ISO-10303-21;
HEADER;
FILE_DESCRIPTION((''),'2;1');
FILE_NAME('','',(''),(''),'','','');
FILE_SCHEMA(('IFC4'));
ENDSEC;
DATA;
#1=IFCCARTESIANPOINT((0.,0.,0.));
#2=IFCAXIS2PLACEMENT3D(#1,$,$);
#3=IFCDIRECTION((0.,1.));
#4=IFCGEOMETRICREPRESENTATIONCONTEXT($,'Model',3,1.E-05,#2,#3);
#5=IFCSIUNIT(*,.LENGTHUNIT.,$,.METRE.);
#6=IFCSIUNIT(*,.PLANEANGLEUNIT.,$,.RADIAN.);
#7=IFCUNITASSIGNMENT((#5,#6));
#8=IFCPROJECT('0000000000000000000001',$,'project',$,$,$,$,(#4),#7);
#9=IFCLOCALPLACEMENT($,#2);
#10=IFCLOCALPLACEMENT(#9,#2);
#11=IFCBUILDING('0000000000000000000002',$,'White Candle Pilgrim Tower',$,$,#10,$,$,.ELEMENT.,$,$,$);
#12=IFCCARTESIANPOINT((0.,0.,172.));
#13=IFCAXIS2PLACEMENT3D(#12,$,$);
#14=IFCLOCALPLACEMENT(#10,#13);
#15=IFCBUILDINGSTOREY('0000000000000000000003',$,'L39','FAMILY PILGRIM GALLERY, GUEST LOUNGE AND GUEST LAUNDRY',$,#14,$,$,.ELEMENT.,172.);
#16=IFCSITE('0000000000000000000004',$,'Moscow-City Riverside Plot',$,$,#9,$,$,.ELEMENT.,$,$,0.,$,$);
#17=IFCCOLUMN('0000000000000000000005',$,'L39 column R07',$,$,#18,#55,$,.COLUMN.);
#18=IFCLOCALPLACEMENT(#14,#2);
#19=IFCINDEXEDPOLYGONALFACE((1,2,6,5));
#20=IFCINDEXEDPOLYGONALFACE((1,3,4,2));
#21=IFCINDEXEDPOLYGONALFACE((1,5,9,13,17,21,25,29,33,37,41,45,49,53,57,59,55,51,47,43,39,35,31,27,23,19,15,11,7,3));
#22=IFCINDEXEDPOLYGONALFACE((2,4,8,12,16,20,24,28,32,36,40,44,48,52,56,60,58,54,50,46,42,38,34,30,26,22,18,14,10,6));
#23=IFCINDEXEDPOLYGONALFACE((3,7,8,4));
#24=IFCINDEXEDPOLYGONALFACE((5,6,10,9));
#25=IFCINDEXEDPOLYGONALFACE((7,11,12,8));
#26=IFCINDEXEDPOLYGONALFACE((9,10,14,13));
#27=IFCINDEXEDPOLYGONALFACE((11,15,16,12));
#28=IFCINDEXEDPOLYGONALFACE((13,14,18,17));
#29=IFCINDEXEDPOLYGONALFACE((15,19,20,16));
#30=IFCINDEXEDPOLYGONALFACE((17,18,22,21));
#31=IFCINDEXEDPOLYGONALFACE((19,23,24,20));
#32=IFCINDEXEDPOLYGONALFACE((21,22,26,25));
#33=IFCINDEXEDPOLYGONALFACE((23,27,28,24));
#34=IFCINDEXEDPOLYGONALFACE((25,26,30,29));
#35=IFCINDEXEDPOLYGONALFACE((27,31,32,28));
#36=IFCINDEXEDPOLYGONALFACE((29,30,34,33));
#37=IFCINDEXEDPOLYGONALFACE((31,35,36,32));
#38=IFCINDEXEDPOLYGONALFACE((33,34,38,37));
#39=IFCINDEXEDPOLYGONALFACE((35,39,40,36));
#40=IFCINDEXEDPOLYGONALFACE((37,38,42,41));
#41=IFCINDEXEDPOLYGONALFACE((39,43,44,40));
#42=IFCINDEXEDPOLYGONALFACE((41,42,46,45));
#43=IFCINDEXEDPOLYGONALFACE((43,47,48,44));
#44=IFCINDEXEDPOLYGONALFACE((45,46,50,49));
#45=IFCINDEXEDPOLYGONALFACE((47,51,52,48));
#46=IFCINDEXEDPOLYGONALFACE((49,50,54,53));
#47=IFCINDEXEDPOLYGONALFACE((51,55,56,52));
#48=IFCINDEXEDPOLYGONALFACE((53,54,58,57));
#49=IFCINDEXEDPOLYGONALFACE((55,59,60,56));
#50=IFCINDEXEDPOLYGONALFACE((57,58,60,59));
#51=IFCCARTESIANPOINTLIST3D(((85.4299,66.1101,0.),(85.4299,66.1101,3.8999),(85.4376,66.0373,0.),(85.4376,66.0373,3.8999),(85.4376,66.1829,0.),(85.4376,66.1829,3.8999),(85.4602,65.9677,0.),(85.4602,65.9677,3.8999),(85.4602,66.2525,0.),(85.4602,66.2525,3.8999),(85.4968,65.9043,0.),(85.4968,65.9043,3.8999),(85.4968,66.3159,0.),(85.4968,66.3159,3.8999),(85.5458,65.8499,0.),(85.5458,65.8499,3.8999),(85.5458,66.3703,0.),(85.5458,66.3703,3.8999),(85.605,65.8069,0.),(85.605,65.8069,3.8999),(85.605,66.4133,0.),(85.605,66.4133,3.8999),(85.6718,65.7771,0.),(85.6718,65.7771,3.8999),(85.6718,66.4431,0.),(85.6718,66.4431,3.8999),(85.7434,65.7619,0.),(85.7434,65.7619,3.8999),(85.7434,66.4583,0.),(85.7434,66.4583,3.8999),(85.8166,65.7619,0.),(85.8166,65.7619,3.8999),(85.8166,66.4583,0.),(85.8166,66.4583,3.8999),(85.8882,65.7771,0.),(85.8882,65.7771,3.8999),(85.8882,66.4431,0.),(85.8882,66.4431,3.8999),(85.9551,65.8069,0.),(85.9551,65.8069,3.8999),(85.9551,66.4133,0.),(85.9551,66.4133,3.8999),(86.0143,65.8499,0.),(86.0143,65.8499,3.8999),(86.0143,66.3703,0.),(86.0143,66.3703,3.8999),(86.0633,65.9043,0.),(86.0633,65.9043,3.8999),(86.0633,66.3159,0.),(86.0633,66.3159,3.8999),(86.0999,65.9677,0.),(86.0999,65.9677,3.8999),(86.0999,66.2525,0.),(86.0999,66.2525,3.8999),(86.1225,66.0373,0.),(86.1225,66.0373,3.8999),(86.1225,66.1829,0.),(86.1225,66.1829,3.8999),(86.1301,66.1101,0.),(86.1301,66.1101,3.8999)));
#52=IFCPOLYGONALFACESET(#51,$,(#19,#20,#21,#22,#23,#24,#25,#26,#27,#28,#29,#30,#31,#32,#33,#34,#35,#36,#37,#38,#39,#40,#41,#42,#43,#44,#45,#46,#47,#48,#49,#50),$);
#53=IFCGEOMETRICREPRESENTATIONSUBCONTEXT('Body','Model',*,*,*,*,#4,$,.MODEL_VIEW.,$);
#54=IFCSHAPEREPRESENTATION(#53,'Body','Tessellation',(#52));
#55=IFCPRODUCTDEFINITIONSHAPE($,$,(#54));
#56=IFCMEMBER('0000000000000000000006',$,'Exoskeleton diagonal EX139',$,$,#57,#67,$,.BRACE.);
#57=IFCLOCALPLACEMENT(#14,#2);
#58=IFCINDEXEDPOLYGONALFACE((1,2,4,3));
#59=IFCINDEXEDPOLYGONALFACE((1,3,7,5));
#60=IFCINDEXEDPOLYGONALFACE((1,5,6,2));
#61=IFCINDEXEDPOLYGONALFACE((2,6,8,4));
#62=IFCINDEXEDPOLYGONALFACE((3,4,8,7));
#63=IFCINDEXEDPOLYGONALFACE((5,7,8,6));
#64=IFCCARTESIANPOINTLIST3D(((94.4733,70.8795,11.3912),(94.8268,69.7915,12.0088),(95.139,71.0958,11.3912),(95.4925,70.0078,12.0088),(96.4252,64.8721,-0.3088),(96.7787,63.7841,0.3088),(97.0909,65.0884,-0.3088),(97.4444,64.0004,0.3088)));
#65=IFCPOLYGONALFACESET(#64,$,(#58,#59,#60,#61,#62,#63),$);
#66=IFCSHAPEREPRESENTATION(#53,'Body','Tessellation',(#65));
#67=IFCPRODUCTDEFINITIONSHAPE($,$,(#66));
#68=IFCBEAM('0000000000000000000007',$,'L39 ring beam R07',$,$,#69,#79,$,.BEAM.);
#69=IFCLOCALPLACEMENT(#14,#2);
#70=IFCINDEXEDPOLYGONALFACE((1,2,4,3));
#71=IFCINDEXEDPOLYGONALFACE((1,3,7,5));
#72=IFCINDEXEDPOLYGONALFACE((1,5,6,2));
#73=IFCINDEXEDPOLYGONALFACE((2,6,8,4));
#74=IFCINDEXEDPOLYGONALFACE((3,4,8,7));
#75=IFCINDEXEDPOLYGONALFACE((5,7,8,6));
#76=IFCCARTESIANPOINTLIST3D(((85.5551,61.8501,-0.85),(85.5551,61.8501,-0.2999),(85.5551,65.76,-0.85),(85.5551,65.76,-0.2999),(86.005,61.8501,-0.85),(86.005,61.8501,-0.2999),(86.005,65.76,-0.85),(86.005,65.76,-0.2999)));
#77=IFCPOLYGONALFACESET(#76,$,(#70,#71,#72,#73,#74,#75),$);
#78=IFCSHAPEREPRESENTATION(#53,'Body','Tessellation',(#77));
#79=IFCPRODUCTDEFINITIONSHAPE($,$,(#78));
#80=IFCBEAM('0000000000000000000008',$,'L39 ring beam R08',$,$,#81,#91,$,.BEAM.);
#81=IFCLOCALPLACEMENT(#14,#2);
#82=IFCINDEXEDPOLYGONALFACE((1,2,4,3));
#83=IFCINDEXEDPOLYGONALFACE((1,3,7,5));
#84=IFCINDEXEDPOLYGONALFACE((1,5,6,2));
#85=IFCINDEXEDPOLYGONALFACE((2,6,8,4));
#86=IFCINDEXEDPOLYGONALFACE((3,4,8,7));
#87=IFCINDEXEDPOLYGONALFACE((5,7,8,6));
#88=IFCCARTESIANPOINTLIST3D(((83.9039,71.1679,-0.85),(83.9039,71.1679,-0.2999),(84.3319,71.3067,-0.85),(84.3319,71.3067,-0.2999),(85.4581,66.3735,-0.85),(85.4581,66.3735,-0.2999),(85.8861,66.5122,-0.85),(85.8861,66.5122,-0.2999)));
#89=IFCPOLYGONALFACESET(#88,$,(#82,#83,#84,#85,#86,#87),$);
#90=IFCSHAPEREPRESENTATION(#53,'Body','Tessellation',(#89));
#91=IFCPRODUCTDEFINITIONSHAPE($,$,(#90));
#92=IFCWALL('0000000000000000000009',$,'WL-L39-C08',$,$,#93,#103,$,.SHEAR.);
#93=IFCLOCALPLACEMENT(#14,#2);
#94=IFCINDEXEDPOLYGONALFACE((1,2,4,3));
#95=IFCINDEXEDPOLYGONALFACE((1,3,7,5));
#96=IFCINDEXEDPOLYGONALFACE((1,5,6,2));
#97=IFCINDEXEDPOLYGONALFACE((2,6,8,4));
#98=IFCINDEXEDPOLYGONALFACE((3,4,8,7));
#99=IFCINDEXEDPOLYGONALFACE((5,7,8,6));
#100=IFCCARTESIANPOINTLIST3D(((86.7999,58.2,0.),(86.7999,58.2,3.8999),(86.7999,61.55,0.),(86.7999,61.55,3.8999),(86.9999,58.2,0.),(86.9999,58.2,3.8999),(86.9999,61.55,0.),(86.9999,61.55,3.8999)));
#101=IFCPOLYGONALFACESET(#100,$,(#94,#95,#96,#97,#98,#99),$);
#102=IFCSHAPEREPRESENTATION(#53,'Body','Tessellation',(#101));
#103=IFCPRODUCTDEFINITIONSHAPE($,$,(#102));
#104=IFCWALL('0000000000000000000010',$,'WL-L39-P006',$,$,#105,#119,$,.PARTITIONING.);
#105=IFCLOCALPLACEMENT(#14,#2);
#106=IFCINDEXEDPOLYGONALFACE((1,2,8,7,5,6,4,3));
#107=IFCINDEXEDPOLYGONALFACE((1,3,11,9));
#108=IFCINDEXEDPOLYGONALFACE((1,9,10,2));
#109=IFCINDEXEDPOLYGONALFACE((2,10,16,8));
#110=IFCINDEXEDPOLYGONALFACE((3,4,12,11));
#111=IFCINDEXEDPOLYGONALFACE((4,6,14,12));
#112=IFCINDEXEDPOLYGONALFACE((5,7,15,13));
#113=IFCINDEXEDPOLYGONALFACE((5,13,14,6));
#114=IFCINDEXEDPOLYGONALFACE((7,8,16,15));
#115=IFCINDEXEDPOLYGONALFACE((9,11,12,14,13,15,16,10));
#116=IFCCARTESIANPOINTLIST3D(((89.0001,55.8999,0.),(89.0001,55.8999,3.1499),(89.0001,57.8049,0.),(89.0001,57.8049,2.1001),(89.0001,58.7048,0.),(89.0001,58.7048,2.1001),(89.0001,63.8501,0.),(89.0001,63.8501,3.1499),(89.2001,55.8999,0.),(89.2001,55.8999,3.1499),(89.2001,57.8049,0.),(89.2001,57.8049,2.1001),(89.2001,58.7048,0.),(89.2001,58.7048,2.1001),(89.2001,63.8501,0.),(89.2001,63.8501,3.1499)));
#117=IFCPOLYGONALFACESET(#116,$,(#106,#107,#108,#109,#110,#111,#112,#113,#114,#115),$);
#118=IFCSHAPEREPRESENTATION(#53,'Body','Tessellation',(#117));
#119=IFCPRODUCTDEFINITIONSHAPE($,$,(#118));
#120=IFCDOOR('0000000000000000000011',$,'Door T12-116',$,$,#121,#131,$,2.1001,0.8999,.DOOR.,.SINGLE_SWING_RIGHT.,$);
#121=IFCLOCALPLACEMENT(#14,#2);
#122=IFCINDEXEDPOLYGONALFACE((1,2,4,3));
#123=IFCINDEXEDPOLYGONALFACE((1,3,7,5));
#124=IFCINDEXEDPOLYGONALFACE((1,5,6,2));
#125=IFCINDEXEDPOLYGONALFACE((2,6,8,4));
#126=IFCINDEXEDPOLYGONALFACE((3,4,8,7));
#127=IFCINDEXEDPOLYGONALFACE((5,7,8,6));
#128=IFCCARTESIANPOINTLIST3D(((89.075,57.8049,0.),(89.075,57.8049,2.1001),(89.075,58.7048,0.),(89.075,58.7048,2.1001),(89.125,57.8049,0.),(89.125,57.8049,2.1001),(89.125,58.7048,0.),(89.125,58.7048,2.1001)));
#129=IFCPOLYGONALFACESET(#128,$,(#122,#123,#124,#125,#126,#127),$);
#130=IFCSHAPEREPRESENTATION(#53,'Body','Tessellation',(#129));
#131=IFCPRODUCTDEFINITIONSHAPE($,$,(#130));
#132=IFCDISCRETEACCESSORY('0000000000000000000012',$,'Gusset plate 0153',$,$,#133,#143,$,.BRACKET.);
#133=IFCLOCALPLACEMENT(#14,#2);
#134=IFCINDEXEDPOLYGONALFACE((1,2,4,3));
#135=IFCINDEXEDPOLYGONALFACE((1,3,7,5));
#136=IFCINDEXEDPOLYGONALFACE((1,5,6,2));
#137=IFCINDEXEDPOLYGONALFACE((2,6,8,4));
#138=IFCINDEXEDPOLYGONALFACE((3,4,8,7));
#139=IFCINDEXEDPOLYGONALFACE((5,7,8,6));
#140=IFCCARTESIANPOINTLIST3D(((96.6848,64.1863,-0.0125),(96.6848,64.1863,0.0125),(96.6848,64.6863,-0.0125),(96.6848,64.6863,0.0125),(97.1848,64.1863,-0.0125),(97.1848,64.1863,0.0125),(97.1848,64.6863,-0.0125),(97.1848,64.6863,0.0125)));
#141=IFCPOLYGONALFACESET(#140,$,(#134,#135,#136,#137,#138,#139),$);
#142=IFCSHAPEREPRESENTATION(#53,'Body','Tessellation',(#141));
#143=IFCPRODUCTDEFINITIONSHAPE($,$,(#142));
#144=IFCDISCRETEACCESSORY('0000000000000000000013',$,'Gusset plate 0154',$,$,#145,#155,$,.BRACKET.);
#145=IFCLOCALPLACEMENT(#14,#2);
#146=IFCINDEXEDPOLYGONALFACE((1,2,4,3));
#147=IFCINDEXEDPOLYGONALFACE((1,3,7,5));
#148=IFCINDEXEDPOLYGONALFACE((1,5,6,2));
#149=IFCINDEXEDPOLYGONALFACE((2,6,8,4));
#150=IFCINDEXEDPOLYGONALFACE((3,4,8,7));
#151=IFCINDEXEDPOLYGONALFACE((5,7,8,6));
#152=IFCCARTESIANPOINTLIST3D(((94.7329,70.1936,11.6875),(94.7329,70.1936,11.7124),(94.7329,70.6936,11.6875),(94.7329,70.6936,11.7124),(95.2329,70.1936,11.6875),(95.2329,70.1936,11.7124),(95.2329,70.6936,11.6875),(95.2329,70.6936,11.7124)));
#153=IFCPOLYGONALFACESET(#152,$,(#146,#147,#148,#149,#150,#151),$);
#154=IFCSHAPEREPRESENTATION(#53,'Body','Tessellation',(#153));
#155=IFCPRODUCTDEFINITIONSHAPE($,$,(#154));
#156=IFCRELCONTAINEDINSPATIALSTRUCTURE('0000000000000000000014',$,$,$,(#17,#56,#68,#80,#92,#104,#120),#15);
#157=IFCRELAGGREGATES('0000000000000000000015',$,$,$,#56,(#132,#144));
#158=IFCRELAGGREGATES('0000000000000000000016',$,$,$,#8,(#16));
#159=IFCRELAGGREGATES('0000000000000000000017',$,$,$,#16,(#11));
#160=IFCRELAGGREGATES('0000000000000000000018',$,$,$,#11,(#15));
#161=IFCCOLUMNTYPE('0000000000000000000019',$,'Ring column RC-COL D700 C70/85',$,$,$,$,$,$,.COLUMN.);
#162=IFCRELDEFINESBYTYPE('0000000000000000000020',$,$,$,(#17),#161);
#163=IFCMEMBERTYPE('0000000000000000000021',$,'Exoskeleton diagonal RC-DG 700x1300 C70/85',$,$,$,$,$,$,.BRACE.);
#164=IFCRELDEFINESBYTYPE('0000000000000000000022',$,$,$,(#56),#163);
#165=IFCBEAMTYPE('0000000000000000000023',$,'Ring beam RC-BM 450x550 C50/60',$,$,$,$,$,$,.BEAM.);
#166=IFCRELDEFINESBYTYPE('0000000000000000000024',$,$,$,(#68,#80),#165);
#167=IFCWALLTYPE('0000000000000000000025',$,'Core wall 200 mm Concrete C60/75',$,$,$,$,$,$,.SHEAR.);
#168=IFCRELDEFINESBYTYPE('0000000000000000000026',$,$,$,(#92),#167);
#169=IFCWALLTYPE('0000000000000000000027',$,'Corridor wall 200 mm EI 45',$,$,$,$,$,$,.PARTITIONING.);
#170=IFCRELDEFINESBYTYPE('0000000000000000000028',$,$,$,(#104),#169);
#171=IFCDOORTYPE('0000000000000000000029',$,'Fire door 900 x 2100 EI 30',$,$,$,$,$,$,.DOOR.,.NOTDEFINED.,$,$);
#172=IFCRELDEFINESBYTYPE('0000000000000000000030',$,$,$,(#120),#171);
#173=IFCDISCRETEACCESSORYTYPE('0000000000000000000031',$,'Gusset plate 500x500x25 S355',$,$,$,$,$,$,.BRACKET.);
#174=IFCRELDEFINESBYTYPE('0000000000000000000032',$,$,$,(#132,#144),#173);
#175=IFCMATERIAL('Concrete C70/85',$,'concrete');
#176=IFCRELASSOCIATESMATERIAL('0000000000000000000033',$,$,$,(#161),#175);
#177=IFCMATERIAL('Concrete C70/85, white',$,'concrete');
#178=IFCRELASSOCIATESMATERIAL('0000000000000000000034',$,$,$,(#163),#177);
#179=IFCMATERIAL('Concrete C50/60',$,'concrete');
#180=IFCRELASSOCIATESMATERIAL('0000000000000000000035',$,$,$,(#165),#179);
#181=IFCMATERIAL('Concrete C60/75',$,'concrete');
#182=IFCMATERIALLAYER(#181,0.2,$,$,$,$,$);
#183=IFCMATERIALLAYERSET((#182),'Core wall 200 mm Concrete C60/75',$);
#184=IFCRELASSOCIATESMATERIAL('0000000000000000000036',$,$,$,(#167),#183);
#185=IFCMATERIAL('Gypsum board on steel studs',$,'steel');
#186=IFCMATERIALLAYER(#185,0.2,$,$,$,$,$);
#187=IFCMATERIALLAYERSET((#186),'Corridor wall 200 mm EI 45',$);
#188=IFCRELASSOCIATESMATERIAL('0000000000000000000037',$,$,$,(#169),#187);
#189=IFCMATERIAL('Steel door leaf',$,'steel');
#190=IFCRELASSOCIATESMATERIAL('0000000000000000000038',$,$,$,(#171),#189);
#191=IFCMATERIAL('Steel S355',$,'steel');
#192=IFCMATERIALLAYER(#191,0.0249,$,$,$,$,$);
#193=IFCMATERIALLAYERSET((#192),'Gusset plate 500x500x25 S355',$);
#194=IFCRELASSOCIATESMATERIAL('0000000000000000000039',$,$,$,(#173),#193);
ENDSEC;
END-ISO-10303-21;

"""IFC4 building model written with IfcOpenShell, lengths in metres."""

from ifc_helpers import new_model, si_unit, direction, frame, frame_2d, origin, origin_2d, place, context, subcontext, project, spatial, rectangle, circle, extrude, material, layer, layer_set, material_profile, profile_set, type_object, element, fill, aggregate, save


model = new_model("IFC4")

# Units and contexts
model_context = context("Model", 3, precision=1e-05, world=origin(), true_north=direction((0.0, 1.0)))
body_context = subcontext(model_context, "Body", "Model", "MODEL_VIEW")
ifc_project = project(units=[si_unit("LENGTHUNIT", "METRE"), si_unit("PLANEANGLEUNIT", "RADIAN")], contexts=[model_context])

# Site, building, storey
site_placement = place(None, origin())
site = spatial("IfcSite", under=ifc_project, at=site_placement, Name="Moscow-City Riverside Plot", CompositionType="ELEMENT", RefElevation=0.0)
building_placement = place(site_placement, origin())
building = spatial("IfcBuilding", under=site, at=building_placement, Name="White Candle Pilgrim Tower", CompositionType="ELEMENT")
storey_placement = place(building_placement, frame((0.0, 0.0, 172.0)))
storey = spatial("IfcBuildingStorey", under=building, at=storey_placement, Name="L39", Description="FAMILY PILGRIM GALLERY, GUEST LOUNGE AND GUEST LAUNDRY", CompositionType="ELEMENT", Elevation=172.0)

# Column
ifc_material_1 = material(Name="Concrete C70/85", Category="concrete")
ifc_material_profile_1 = material_profile(ifc_material_1, circle(Radius=0.3501, at=origin_2d()), Name="RC-COL D700")
ifc_profile_set_1 = profile_set([ifc_material_profile_1], Name="Concrete C70/85")
column_type = type_object("IfcColumnType", Name="Ring column RC-COL D700 C70/85", PredefinedType="COLUMN", material=ifc_profile_set_1)
column_placement = place(storey_placement, frame((85.78, 66.1101, 0.0), z_axis=(0.0, 0.0, 1.0), x_axis=(1.0, 0.0, 0.0)))
element("IfcColumn", 1, at=column_placement, inside=storey, type_object=column_type, Name="L39 column R07", PredefinedType="COLUMN", context=body_context, shape_type="SweptSolid", body=[
    extrude(circle(Radius=0.3501, at=origin_2d()), origin(), (0.0, 0.0, 1.0), 3.8999),
])

# Member
ifc_material_2 = material(Name="Concrete C70/85, white", Category="concrete")
ifc_material_profile_2 = material_profile(ifc_material_2, rectangle(XDim=0.7, YDim=1.3, at=origin_2d()), Name="RC-DG 700x1300")
ifc_profile_set_2 = profile_set([ifc_material_profile_2], Name="Concrete C70/85, white")
member_type = type_object("IfcMemberType", Name="Exoskeleton diagonal RC-DG 700x1300 C70/85", PredefinedType="BRACE", material=ifc_profile_set_2)
member_placement = place(storey_placement, frame((96.9348, 64.4363, 0.0), z_axis=(-0.146803, 0.45181, 0.879952), x_axis=(-0.951056, -0.309018, 0.0)))
member = element("IfcMember", 2, at=member_placement, inside=storey, type_object=member_type, Name="Exoskeleton diagonal EX139", PredefinedType="BRACE", context=body_context, shape_type="SweptSolid", body=[
    extrude(rectangle(XDim=0.7, YDim=1.3, at=origin_2d()), origin(), (0.0, 0.0, 1.0), 13.2961),
])

# Beams
ifc_material_3 = material(Name="Concrete C50/60", Category="concrete")
ifc_material_profile_3 = material_profile(ifc_material_3, rectangle(XDim=0.45, YDim=0.55, at=origin_2d()), Name="RC-BM 450x550")
ifc_profile_set_3 = profile_set([ifc_material_profile_3], Name="Concrete C50/60")
beam_type = type_object("IfcBeamType", Name="Ring beam RC-BM 450x550 C50/60", PredefinedType="BEAM", material=ifc_profile_set_3)
beam_1_placement = place(storey_placement, frame((85.78, 65.76, -0.575), z_axis=(0.0, -1.0, 0.0), x_axis=(1.0, 0.0, 0.0)))
element("IfcBeam", 3, at=beam_1_placement, inside=storey, type_object=beam_type, Name="L39 ring beam R07", PredefinedType="BEAM", context=body_context, shape_type="SweptSolid", body=[
    extrude(rectangle(XDim=0.45, YDim=0.55, at=origin_2d()), origin(), (0.0, 0.0, 1.0), 3.9099),
])
beam_2_placement = place(storey_placement, frame((85.6721, 66.4429, -0.575), z_axis=(-0.30837, 0.951267, 0.0), x_axis=(-0.951267, -0.30837, 0.0)))
element("IfcBeam", 4, at=beam_2_placement, inside=storey, type_object=beam_type, Name="L39 ring beam R08", PredefinedType="BEAM", context=body_context, shape_type="SweptSolid", body=[
    extrude(rectangle(XDim=0.45, YDim=0.55, at=origin_2d()), origin(), (0.0, 0.0, 1.0), 5.04),
])

# Wall
ifc_material_4 = material(Name="Concrete C60/75", Category="concrete")
ifc_layer_1 = layer(ifc_material_4, 0.2)
ifc_layer_set_1 = layer_set([ifc_layer_1], Name="Core wall 200 mm Concrete C60/75")
wall_type_1 = type_object("IfcWallType", Name="Core wall 200 mm Concrete C60/75", PredefinedType="SHEAR", material=ifc_layer_set_1)
wall_1_placement = place(storey_placement, frame((86.8999, 58.2, 0.0), z_axis=(0.0, 0.0, 1.0), x_axis=(0.0, 1.0, 0.0)))
element("IfcWall", 5, at=wall_1_placement, inside=storey, type_object=wall_type_1, Name="WL-L39-C08", PredefinedType="SHEAR", context=body_context, shape_type="SweptSolid", body=[
    extrude(rectangle(XDim=3.3501, YDim=0.2, at=frame_2d((1.675, 0.0))), origin(), (0.0, 0.0, 1.0), 3.8999),
])

# Wall, opening, door
ifc_material_5 = material(Name="Gypsum board on steel studs", Category="steel")
ifc_layer_2 = layer(ifc_material_5, 0.2)
ifc_layer_set_2 = layer_set([ifc_layer_2], Name="Corridor wall 200 mm EI 45")
wall_type_2 = type_object("IfcWallType", Name="Corridor wall 200 mm EI 45", PredefinedType="PARTITIONING", material=ifc_layer_set_2)
wall_2_placement = place(storey_placement, frame((89.1001, 63.8501, 0.0), z_axis=(0.0, 0.0, 1.0), x_axis=(0.0, -1.0, 0.0)))
wall_2 = element("IfcWall", 6, at=wall_2_placement, inside=storey, type_object=wall_type_2, Name="WL-L39-P006", PredefinedType="PARTITIONING", context=body_context, shape_type="SweptSolid", body=[
    extrude(rectangle(XDim=7.9502, YDim=0.2, at=frame_2d((3.9751, 0.0))), origin(), (0.0, 0.0, 1.0), 3.1499),
])
opening_1_placement = place(wall_2_placement, frame((5.1453, 0.0, 0.0)))
opening_1 = element("IfcOpeningElement", 7, at=opening_1_placement, cuts=wall_2, PredefinedType="OPENING", context=body_context, shape_type="SweptSolid", body=[
    extrude(rectangle(XDim=0.8999, YDim=2.1001, at=frame_2d((0.45, 1.05))), frame((0.0, 0.1099, 0.0), z_axis=(0.0, -1.0, 0.0), x_axis=(1.0, 0.0, 0.0)), (0.0, 0.0, 1.0), 0.22),
])
ifc_material_6 = material(Name="Steel door leaf", Category="steel")
door_type_1 = type_object("IfcDoorType", Name="Fire door 900 x 2100 EI 30", OperationType="NOTDEFINED", PredefinedType="DOOR", material=ifc_material_6)
door_1_placement = place(opening_1_placement, origin())
door_1 = element("IfcDoor", 8, at=door_1_placement, inside=storey, type_object=door_type_1, Name="Door T12-116", OperationType="SINGLE_SWING_RIGHT", OverallHeight=2.1001, OverallWidth=0.8999, PredefinedType="DOOR", context=body_context, shape_type="SweptSolid", body=[
    extrude(rectangle(XDim=0.8999, YDim=2.1001, at=frame_2d((0.45, 1.05))), frame((0.0, 0.0249, 0.0), z_axis=(0.0, -1.0, 0.0), x_axis=(1.0, 0.0, 0.0)), (0.0, 0.0, 1.0), 0.05),
])
fill(opening_1, door_1)

# Discrete accessories
ifc_material_7 = material(Name="Steel S355", Category="steel")
ifc_layer_3 = layer(ifc_material_7, 0.0249)
ifc_layer_set_3 = layer_set([ifc_layer_3], Name="Gusset plate 500x500x25 S355")
discrete_accessory_type = type_object("IfcDiscreteAccessoryType", Name="Gusset plate 500x500x25 S355", PredefinedType="BRACKET", material=ifc_layer_set_3)
discrete_accessory_1_placement = place(storey_placement, frame((96.9348, 64.4363, -0.0125), z_axis=(0.0, 0.0, 1.0), x_axis=(1.0, 0.0, 0.0)))
discrete_accessory_1 = element("IfcDiscreteAccessory", 9, at=discrete_accessory_1_placement, type_object=discrete_accessory_type, Name="Gusset plate 0153", PredefinedType="BRACKET", context=body_context, shape_type="SweptSolid", body=[
    extrude(rectangle(XDim=0.5, YDim=0.5, at=origin_2d()), origin(), (0.0, 0.0, 1.0), 0.0249),
])
placement = place(building_placement, frame((0.0, 0.0, 183.7)))
discrete_accessory_2_placement = place(placement, frame((94.9829, 70.4436, -0.0125), z_axis=(0.0, 0.0, 1.0), x_axis=(1.0, 0.0, 0.0)))
discrete_accessory_2 = element("IfcDiscreteAccessory", 10, at=discrete_accessory_2_placement, type_object=discrete_accessory_type, Name="Gusset plate 0154", PredefinedType="BRACKET", context=body_context, shape_type="SweptSolid", body=[
    extrude(rectangle(XDim=0.5, YDim=0.5, at=origin_2d()), origin(), (0.0, 0.0, 1.0), 0.0249),
])
aggregate(member, [discrete_accessory_1, discrete_accessory_2])

save(model, "model.ifc")
